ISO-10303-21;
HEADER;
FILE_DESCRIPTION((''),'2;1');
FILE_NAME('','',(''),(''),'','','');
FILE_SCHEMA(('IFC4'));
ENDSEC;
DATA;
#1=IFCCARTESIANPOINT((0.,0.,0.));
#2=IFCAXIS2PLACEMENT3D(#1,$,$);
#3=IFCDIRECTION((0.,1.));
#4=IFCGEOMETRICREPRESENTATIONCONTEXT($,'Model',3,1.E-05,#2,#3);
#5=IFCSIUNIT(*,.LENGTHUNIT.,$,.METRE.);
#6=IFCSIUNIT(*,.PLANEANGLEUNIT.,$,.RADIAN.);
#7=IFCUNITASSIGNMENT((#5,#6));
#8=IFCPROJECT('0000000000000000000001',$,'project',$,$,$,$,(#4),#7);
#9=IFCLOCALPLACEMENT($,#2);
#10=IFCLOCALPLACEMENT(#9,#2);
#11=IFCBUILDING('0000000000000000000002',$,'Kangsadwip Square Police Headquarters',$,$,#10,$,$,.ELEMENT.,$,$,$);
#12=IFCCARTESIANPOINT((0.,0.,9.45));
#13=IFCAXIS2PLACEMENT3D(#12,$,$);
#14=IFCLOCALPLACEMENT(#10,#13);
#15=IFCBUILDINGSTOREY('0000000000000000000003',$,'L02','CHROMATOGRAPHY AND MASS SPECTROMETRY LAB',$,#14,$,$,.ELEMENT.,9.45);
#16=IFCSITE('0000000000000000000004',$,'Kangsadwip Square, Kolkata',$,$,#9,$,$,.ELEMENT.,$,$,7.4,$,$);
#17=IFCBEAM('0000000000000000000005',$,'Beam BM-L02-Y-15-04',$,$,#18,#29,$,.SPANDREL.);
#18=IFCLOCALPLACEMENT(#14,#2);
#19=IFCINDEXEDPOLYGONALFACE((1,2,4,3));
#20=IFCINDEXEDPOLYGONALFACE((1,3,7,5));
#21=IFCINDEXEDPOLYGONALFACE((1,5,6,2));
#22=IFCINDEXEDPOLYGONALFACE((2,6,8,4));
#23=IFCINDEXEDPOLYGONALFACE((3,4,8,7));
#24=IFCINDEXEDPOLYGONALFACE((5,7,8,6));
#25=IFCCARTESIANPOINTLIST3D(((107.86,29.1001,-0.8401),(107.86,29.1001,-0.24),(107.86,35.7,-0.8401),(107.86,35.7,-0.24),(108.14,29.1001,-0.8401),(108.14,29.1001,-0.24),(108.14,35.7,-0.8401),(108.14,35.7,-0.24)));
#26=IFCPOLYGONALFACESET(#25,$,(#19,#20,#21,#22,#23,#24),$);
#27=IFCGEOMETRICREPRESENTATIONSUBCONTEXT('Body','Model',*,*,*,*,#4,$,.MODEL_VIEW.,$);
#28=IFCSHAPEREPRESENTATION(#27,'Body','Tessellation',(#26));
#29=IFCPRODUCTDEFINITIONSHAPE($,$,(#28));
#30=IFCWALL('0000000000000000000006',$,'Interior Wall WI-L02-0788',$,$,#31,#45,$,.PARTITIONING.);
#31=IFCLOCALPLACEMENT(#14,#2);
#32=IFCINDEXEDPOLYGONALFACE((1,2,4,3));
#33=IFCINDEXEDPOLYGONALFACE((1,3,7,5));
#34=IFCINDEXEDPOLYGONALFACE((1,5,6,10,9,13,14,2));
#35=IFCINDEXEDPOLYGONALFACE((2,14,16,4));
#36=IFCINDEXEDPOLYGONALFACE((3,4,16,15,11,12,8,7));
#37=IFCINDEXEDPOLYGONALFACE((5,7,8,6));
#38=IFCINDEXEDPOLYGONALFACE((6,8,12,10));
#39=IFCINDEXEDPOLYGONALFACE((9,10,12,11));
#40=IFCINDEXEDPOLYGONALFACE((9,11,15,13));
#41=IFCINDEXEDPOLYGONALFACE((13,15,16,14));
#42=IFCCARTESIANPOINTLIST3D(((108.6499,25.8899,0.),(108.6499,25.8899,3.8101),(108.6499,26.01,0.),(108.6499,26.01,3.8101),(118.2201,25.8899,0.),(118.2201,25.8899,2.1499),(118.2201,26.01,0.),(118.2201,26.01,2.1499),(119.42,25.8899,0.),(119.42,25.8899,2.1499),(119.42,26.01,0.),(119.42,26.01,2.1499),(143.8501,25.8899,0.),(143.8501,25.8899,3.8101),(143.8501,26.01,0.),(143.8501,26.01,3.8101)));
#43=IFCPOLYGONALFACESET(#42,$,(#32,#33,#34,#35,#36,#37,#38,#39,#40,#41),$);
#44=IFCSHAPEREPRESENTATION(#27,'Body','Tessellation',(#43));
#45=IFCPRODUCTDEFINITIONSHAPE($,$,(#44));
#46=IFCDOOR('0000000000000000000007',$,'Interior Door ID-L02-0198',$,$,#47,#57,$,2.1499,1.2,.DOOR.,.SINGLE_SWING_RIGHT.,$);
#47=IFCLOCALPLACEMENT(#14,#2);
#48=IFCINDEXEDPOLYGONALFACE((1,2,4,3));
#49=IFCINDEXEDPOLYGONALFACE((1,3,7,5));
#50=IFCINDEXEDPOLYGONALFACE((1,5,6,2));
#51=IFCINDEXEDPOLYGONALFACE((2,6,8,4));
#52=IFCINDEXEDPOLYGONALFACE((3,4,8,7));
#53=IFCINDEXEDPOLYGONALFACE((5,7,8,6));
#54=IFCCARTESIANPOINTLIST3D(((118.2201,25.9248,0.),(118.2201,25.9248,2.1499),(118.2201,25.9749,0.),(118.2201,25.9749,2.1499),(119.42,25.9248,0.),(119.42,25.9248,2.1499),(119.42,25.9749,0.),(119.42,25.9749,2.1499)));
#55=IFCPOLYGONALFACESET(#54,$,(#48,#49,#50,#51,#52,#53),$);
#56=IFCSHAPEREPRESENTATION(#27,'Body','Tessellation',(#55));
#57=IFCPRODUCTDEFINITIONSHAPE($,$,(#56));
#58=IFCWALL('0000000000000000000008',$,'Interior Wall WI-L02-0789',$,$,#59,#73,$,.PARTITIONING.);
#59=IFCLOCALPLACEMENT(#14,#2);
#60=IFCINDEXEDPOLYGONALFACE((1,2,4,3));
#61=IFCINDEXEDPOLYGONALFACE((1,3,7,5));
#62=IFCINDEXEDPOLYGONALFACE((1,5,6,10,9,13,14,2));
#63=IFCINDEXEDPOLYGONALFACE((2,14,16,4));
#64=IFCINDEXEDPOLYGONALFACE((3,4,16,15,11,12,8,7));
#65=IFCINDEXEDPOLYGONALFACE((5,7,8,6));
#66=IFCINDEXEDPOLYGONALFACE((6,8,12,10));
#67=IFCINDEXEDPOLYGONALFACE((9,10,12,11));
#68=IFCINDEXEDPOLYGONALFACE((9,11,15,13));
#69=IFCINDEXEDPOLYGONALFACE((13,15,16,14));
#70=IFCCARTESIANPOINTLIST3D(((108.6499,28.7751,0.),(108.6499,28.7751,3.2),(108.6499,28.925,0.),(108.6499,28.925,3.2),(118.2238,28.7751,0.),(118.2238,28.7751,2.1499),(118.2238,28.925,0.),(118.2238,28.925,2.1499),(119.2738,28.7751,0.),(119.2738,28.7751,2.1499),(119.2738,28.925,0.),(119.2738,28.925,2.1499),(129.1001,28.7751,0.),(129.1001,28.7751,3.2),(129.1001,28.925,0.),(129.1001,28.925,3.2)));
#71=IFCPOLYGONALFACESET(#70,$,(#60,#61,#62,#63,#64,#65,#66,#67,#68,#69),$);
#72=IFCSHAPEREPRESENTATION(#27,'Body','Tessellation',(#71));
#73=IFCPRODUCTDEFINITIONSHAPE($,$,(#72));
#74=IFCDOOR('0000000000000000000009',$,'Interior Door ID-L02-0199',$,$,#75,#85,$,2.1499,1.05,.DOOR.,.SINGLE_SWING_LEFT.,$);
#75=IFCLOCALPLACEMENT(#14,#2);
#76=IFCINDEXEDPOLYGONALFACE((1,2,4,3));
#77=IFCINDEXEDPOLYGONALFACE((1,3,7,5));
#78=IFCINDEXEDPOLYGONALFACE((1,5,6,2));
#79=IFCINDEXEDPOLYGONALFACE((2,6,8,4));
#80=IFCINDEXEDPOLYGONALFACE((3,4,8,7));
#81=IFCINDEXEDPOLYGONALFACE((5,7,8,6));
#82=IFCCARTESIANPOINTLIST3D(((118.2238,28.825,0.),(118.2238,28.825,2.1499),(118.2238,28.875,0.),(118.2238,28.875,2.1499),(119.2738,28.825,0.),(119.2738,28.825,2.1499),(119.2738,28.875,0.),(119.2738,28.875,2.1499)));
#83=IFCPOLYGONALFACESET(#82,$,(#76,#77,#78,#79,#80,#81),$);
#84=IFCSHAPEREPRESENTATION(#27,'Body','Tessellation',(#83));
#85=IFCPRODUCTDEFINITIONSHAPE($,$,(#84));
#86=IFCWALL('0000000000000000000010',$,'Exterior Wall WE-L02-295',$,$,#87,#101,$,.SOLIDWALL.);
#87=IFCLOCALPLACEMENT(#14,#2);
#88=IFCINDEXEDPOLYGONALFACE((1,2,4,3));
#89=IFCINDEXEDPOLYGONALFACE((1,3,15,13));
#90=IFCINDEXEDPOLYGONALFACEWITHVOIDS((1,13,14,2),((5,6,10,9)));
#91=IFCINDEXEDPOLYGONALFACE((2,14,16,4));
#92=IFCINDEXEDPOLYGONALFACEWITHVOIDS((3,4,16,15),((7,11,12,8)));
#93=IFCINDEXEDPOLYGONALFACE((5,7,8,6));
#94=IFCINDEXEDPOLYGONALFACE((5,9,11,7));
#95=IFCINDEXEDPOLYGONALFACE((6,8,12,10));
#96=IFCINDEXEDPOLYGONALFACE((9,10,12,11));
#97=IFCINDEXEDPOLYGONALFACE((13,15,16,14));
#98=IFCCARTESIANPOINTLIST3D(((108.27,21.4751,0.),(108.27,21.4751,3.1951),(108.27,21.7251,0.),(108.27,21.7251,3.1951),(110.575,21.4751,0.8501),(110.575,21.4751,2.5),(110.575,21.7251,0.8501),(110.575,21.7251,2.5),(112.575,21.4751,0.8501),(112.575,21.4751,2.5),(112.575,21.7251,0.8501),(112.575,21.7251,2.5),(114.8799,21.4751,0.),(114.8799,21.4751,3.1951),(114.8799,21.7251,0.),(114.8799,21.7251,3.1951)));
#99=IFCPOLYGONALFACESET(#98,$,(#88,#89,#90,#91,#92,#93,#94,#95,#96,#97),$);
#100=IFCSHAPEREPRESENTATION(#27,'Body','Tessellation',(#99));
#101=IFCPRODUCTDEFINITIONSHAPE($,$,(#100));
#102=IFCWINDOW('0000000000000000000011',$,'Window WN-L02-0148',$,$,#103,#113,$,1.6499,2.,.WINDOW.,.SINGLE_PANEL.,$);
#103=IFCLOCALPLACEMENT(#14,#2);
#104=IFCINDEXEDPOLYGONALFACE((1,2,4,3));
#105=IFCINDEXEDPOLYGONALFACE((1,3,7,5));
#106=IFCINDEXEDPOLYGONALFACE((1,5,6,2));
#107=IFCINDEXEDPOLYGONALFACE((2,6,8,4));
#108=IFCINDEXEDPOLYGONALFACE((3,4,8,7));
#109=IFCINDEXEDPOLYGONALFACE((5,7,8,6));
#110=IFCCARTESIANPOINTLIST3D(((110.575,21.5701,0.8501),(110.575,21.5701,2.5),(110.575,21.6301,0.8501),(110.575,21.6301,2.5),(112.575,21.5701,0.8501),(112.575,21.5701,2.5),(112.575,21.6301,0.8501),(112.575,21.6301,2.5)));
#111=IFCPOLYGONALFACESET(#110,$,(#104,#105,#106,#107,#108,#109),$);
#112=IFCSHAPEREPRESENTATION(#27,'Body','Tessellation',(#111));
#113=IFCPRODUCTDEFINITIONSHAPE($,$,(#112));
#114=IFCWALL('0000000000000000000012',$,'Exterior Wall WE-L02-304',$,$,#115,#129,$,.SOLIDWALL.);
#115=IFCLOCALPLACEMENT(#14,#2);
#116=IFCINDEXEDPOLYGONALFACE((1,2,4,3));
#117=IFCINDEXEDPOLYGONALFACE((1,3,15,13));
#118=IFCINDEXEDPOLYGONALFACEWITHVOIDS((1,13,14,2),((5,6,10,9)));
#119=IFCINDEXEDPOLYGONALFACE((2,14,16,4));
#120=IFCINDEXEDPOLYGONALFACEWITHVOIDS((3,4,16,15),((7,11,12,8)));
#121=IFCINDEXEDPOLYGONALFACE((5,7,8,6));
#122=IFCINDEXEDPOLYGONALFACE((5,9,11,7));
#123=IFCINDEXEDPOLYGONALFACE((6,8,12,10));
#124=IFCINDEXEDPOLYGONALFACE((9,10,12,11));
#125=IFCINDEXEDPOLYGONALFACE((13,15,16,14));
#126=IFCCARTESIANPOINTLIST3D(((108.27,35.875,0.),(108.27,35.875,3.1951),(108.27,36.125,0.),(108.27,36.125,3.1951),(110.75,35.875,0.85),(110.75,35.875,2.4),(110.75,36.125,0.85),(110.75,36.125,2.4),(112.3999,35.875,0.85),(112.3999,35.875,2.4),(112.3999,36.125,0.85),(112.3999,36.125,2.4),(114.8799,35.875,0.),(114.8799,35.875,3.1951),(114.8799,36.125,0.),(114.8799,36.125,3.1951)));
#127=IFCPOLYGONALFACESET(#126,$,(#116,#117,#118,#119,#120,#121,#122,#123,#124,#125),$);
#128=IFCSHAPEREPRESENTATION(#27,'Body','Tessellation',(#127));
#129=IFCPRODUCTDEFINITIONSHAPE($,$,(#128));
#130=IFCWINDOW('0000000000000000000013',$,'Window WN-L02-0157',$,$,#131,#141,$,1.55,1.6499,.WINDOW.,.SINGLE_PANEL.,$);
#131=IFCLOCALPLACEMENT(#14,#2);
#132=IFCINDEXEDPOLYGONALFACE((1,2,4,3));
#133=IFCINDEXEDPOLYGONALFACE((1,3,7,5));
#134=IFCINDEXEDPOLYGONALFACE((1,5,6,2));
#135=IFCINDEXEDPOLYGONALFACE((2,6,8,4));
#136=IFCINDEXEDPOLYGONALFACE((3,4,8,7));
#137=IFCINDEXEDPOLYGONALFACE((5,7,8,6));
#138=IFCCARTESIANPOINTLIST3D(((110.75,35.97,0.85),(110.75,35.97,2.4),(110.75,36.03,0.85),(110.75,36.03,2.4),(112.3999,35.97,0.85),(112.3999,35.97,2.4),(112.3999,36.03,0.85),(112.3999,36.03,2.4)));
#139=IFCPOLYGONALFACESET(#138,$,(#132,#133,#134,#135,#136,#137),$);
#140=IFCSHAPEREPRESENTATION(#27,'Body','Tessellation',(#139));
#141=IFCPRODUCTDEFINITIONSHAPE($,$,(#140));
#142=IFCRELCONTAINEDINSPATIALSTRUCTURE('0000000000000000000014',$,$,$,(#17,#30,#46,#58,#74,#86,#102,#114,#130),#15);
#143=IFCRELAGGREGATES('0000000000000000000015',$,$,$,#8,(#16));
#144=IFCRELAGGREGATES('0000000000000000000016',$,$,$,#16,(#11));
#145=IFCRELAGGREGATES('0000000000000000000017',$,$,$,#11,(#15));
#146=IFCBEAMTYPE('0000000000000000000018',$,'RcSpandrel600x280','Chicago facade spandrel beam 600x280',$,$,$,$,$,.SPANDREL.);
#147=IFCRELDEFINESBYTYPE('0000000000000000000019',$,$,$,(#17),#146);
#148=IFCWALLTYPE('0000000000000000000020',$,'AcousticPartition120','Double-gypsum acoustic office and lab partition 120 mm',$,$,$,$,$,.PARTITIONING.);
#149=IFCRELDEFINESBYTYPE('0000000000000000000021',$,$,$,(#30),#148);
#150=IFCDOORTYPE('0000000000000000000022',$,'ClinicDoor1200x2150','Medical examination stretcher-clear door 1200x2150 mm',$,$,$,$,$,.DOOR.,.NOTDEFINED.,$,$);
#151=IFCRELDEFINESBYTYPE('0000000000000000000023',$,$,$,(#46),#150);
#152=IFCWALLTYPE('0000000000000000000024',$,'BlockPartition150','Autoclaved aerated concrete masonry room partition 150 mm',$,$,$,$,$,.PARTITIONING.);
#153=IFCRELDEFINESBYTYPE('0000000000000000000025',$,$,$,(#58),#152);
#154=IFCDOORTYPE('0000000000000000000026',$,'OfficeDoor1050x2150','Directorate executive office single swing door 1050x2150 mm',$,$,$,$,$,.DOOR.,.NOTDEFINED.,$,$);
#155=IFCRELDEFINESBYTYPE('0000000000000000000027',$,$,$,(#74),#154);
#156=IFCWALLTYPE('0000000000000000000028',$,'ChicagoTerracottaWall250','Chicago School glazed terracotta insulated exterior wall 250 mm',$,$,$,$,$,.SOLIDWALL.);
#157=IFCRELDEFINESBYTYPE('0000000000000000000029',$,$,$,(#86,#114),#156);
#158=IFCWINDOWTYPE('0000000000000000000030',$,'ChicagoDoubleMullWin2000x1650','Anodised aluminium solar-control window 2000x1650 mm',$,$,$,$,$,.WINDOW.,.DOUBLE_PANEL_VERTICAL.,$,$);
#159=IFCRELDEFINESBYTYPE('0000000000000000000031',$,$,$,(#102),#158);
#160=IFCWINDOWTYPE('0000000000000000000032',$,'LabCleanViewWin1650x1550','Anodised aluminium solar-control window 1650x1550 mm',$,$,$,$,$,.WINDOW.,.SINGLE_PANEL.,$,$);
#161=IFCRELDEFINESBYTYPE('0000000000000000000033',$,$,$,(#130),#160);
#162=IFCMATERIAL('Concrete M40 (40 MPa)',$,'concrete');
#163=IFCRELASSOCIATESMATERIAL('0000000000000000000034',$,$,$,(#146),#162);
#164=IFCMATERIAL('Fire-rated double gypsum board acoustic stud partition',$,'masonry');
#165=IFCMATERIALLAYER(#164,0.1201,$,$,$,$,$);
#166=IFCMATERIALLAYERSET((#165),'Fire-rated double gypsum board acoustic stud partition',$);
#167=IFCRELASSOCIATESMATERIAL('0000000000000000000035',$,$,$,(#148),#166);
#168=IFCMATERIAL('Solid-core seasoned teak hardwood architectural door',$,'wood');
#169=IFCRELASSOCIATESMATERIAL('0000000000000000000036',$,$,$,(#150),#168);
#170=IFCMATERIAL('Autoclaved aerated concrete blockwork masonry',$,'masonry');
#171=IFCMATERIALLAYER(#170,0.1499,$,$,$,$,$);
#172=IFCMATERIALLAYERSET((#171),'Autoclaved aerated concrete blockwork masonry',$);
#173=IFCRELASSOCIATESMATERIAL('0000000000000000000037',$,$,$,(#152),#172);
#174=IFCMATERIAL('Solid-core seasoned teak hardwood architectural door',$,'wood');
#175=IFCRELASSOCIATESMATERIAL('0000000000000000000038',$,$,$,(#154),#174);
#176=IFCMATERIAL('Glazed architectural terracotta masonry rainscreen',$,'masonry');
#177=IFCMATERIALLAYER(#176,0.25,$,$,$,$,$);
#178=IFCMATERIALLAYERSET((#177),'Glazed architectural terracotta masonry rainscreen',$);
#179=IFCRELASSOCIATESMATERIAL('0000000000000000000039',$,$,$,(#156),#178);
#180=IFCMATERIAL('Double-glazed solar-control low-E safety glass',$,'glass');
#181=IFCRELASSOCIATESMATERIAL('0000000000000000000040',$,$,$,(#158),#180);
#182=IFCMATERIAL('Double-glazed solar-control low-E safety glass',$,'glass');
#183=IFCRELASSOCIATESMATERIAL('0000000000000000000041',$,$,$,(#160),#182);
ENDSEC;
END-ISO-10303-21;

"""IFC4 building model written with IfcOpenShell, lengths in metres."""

from ifc_helpers import new_model, si_unit, direction, frame, frame_2d, origin, origin_2d, place, context, subcontext, project, spatial, rectangle, extrude, material, layer, layer_set, material_profile, profile_set, type_object, element, fill, save


model = new_model("IFC4")

# Units and contexts
model_context = context("Model", 3, precision=1e-05, world=origin(), true_north=direction((0.0, 1.0)))
body_context = subcontext(model_context, "Body", "Model", "MODEL_VIEW")
ifc_project = project(units=[si_unit("LENGTHUNIT", "METRE"), si_unit("PLANEANGLEUNIT", "RADIAN")], contexts=[model_context])

# Site, building, storey
site_placement = place(None, origin())
site = spatial("IfcSite", under=ifc_project, at=site_placement, Name="Kangsadwip Square, Kolkata", CompositionType="ELEMENT", RefElevation=7.4)
building_placement = place(site_placement, origin())
building = spatial("IfcBuilding", under=site, at=building_placement, Name="Kangsadwip Square Police Headquarters", CompositionType="ELEMENT")
storey_placement = place(building_placement, frame((0.0, 0.0, 9.45)))
storey = spatial("IfcBuildingStorey", under=building, at=storey_placement, Name="L02", Description="CHROMATOGRAPHY AND MASS SPECTROMETRY LAB", CompositionType="ELEMENT", Elevation=9.45)

# Beam
ifc_material_1 = material(Name="Concrete M40 (40 MPa)", Category="concrete")
ifc_material_profile_1 = material_profile(ifc_material_1, rectangle(XDim=0.28, YDim=0.6001, at=origin_2d()), Name="RC SPN 600X280")
ifc_profile_set_1 = profile_set([ifc_material_profile_1], Name="Concrete M40 (40 MPa)")
beam_type_1 = type_object("IfcBeamType", Name="RcSpandrel600x280", Description="Chicago facade spandrel beam 600x280", PredefinedType="SPANDREL", material=ifc_profile_set_1)
beam_1_placement = place(storey_placement, frame((108.0, 29.1001, -0.54), z_axis=(0.0, 1.0, 0.0), x_axis=(-1.0, 0.0, 0.0)))
element("IfcBeam", 1, at=beam_1_placement, inside=storey, type_object=beam_type_1, Name="Beam BM-L02-Y-15-04", PredefinedType="SPANDREL", context=body_context, shape_type="SweptSolid", body=[
    extrude(rectangle(XDim=0.28, YDim=0.6001, at=origin_2d()), origin(), (0.0, 0.0, 1.0), 6.5999),
])

# Walls, openings, doors
ifc_material_2 = material(Name="Fire-rated double gypsum board acoustic stud partition", Category="masonry")
ifc_layer_1 = layer(ifc_material_2, 0.1201)
ifc_layer_set_1 = layer_set([ifc_layer_1], Name="Fire-rated double gypsum board acoustic stud partition")
wall_type_1 = type_object("IfcWallType", Name="AcousticPartition120", Description="Double-gypsum acoustic office and lab partition 120 mm", PredefinedType="PARTITIONING", material=ifc_layer_set_1)
wall_1_placement = place(storey_placement, frame((108.6499, 25.95, 0.0), z_axis=(0.0, 0.0, 1.0), x_axis=(1.0, 0.0, 0.0)))
wall_1 = element("IfcWall", 2, at=wall_1_placement, inside=storey, type_object=wall_type_1, Name="Interior Wall WI-L02-0788", PredefinedType="PARTITIONING", context=body_context, shape_type="SweptSolid", body=[
    extrude(rectangle(XDim=35.2002, YDim=0.1201, at=frame_2d((17.6001, 0.0))), origin(), (0.0, 0.0, 1.0), 3.8101),
])
opening_1_placement = place(wall_1_placement, frame((9.5701, 0.0, 0.0)))
opening_1 = element("IfcOpeningElement", 3, at=opening_1_placement, cuts=wall_1, PredefinedType="OPENING", context=body_context, shape_type="SweptSolid", body=[
    extrude(rectangle(XDim=1.2, YDim=2.1499, at=frame_2d((0.6001, 1.075))), frame((0.0, 0.0701, 0.0), z_axis=(0.0, -1.0, 0.0), x_axis=(1.0, 0.0, 0.0)), (0.0, 0.0, 1.0), 0.1401),
])
ifc_material_3 = material(Name="Solid-core seasoned teak hardwood architectural door", Category="wood")
door_type_1 = type_object("IfcDoorType", Name="ClinicDoor1200x2150", Description="Medical examination stretcher-clear door 1200x2150 mm", OperationType="NOTDEFINED", PredefinedType="DOOR", material=ifc_material_3)
door_1_placement = place(opening_1_placement, origin())
door_1 = element("IfcDoor", 4, at=door_1_placement, inside=storey, type_object=door_type_1, Name="Interior Door ID-L02-0198", OperationType="SINGLE_SWING_RIGHT", OverallHeight=2.1499, OverallWidth=1.2, PredefinedType="DOOR", context=body_context, shape_type="SweptSolid", body=[
    extrude(rectangle(XDim=1.2, YDim=2.1499, at=frame_2d((0.6001, 1.075))), frame((0.0, 0.0249, 0.0), z_axis=(0.0, -1.0, 0.0), x_axis=(1.0, 0.0, 0.0)), (0.0, 0.0, 1.0), 0.05),
])
fill(opening_1, door_1)
ifc_material_4 = material(Name="Autoclaved aerated concrete blockwork masonry", Category="masonry")
ifc_layer_2 = layer(ifc_material_4, 0.1499)
ifc_layer_set_2 = layer_set([ifc_layer_2], Name="Autoclaved aerated concrete blockwork masonry")
wall_type_2 = type_object("IfcWallType", Name="BlockPartition150", Description="Autoclaved aerated concrete masonry room partition 150 mm", PredefinedType="PARTITIONING", material=ifc_layer_set_2)
wall_2_placement = place(storey_placement, frame((108.6499, 28.8501, 0.0), z_axis=(0.0, 0.0, 1.0), x_axis=(1.0, 0.0, 0.0)))
wall_2 = element("IfcWall", 5, at=wall_2_placement, inside=storey, type_object=wall_type_2, Name="Interior Wall WI-L02-0789", PredefinedType="PARTITIONING", context=body_context, shape_type="SweptSolid", body=[
    extrude(rectangle(XDim=20.4502, YDim=0.1499, at=frame_2d((10.2251, 0.0))), origin(), (0.0, 0.0, 1.0), 3.2),
])
opening_2_placement = place(wall_2_placement, frame((9.574, 0.0, 0.0)))
opening_2 = element("IfcOpeningElement", 6, at=opening_2_placement, cuts=wall_2, PredefinedType="OPENING", context=body_context, shape_type="SweptSolid", body=[
    extrude(rectangle(XDim=1.05, YDim=2.1499, at=frame_2d((0.5249, 1.075))), frame((0.0, 0.085, 0.0), z_axis=(0.0, -1.0, 0.0), x_axis=(1.0, 0.0, 0.0)), (0.0, 0.0, 1.0), 0.1699),
])
ifc_material_5 = material(Name="Solid-core seasoned teak hardwood architectural door", Category="wood")
door_type_2 = type_object("IfcDoorType", Name="OfficeDoor1050x2150", Description="Directorate executive office single swing door 1050x2150 mm", OperationType="NOTDEFINED", PredefinedType="DOOR", material=ifc_material_5)
door_2_placement = place(opening_2_placement, origin())
door_2 = element("IfcDoor", 7, at=door_2_placement, inside=storey, type_object=door_type_2, Name="Interior Door ID-L02-0199", OperationType="SINGLE_SWING_LEFT", OverallHeight=2.1499, OverallWidth=1.05, PredefinedType="DOOR", context=body_context, shape_type="SweptSolid", body=[
    extrude(rectangle(XDim=1.05, YDim=2.1499, at=frame_2d((0.5249, 1.075))), frame((0.0, 0.0249, 0.0), z_axis=(0.0, -1.0, 0.0), x_axis=(1.0, 0.0, 0.0)), (0.0, 0.0, 1.0), 0.05),
])
fill(opening_2, door_2)

# Walls, openings, windows
ifc_material_6 = material(Name="Glazed architectural terracotta masonry rainscreen", Category="masonry")
ifc_layer_3 = layer(ifc_material_6, 0.25)
ifc_layer_set_3 = layer_set([ifc_layer_3], Name="Glazed architectural terracotta masonry rainscreen")
wall_type_3 = type_object("IfcWallType", Name="ChicagoTerracottaWall250", Description="Chicago School glazed terracotta insulated exterior wall 250 mm", PredefinedType="SOLIDWALL", material=ifc_layer_set_3)
wall_3_placement = place(storey_placement, frame((108.27, 21.6001, 0.0), z_axis=(0.0, 0.0, 1.0), x_axis=(1.0, 0.0, 0.0)))
wall_3 = element("IfcWall", 8, at=wall_3_placement, inside=storey, type_object=wall_type_3, Name="Exterior Wall WE-L02-295", PredefinedType="SOLIDWALL", context=body_context, shape_type="SweptSolid", body=[
    extrude(rectangle(XDim=6.6099, YDim=0.25, at=frame_2d((3.3049, 0.0))), origin(), (0.0, 0.0, 1.0), 3.1951),
])
opening_3_placement = place(wall_3_placement, frame((2.3049, 0.0, 0.8501)))
opening_3 = element("IfcOpeningElement", 9, at=opening_3_placement, cuts=wall_3, PredefinedType="OPENING", context=body_context, shape_type="SweptSolid", body=[
    extrude(rectangle(XDim=2.0, YDim=1.6499, at=frame_2d((1.0, 0.825))), frame((0.0, 0.135, 0.0), z_axis=(0.0, -1.0, 0.0), x_axis=(1.0, 0.0, 0.0)), (0.0, 0.0, 1.0), 0.27),
])
ifc_material_7 = material(Name="Double-glazed solar-control low-E safety glass", Category="glass")
window_type_1 = type_object("IfcWindowType", Name="ChicagoDoubleMullWin2000x1650", Description="Anodised aluminium solar-control window 2000x1650 mm", PartitioningType="DOUBLE_PANEL_VERTICAL", PredefinedType="WINDOW", material=ifc_material_7)
window_1_placement = place(opening_3_placement, origin())
window_1 = element("IfcWindow", 10, at=window_1_placement, inside=storey, type_object=window_type_1, Name="Window WN-L02-0148", OverallHeight=1.6499, OverallWidth=2.0, PartitioningType="SINGLE_PANEL", PredefinedType="WINDOW", context=body_context, shape_type="SweptSolid", body=[
    extrude(rectangle(XDim=2.0, YDim=1.6499, at=frame_2d((1.0, 0.825))), frame((0.0, 0.03, 0.0), z_axis=(0.0, -1.0, 0.0), x_axis=(1.0, 0.0, 0.0)), (0.0, 0.0, 1.0), 0.0601),
])
fill(opening_3, window_1)
wall_4_placement = place(storey_placement, frame((108.27, 36.0, 0.0), z_axis=(0.0, 0.0, 1.0), x_axis=(1.0, 0.0, 0.0)))
wall_4 = element("IfcWall", 11, at=wall_4_placement, inside=storey, type_object=wall_type_3, Name="Exterior Wall WE-L02-304", PredefinedType="SOLIDWALL", context=body_context, shape_type="SweptSolid", body=[
    extrude(rectangle(XDim=6.6099, YDim=0.25, at=frame_2d((3.3049, 0.0))), origin(), (0.0, 0.0, 1.0), 3.1951),
])
opening_4_placement = place(wall_4_placement, frame((2.48, 0.0, 0.8501)))
opening_4 = element("IfcOpeningElement", 12, at=opening_4_placement, cuts=wall_4, PredefinedType="OPENING", context=body_context, shape_type="SweptSolid", body=[
    extrude(rectangle(XDim=1.6499, YDim=1.55, at=frame_2d((0.825, 0.7749))), frame((0.0, 0.135, 0.0), z_axis=(0.0, -1.0, 0.0), x_axis=(1.0, 0.0, 0.0)), (0.0, 0.0, 1.0), 0.27),
])
ifc_material_8 = material(Name="Double-glazed solar-control low-E safety glass", Category="glass")
window_type_2 = type_object("IfcWindowType", Name="LabCleanViewWin1650x1550", Description="Anodised aluminium solar-control window 1650x1550 mm", PartitioningType="SINGLE_PANEL", PredefinedType="WINDOW", material=ifc_material_8)
window_2_placement = place(opening_4_placement, origin())
window_2 = element("IfcWindow", 13, at=window_2_placement, inside=storey, type_object=window_type_2, Name="Window WN-L02-0157", OverallHeight=1.55, OverallWidth=1.6499, PartitioningType="SINGLE_PANEL", PredefinedType="WINDOW", context=body_context, shape_type="SweptSolid", body=[
    extrude(rectangle(XDim=1.6499, YDim=1.55, at=frame_2d((0.825, 0.7749))), frame((0.0, 0.03, 0.0), z_axis=(0.0, -1.0, 0.0), x_axis=(1.0, 0.0, 0.0)), (0.0, 0.0, 1.0), 0.0601),
])
fill(opening_4, window_2)

save(model, "model.ifc")
